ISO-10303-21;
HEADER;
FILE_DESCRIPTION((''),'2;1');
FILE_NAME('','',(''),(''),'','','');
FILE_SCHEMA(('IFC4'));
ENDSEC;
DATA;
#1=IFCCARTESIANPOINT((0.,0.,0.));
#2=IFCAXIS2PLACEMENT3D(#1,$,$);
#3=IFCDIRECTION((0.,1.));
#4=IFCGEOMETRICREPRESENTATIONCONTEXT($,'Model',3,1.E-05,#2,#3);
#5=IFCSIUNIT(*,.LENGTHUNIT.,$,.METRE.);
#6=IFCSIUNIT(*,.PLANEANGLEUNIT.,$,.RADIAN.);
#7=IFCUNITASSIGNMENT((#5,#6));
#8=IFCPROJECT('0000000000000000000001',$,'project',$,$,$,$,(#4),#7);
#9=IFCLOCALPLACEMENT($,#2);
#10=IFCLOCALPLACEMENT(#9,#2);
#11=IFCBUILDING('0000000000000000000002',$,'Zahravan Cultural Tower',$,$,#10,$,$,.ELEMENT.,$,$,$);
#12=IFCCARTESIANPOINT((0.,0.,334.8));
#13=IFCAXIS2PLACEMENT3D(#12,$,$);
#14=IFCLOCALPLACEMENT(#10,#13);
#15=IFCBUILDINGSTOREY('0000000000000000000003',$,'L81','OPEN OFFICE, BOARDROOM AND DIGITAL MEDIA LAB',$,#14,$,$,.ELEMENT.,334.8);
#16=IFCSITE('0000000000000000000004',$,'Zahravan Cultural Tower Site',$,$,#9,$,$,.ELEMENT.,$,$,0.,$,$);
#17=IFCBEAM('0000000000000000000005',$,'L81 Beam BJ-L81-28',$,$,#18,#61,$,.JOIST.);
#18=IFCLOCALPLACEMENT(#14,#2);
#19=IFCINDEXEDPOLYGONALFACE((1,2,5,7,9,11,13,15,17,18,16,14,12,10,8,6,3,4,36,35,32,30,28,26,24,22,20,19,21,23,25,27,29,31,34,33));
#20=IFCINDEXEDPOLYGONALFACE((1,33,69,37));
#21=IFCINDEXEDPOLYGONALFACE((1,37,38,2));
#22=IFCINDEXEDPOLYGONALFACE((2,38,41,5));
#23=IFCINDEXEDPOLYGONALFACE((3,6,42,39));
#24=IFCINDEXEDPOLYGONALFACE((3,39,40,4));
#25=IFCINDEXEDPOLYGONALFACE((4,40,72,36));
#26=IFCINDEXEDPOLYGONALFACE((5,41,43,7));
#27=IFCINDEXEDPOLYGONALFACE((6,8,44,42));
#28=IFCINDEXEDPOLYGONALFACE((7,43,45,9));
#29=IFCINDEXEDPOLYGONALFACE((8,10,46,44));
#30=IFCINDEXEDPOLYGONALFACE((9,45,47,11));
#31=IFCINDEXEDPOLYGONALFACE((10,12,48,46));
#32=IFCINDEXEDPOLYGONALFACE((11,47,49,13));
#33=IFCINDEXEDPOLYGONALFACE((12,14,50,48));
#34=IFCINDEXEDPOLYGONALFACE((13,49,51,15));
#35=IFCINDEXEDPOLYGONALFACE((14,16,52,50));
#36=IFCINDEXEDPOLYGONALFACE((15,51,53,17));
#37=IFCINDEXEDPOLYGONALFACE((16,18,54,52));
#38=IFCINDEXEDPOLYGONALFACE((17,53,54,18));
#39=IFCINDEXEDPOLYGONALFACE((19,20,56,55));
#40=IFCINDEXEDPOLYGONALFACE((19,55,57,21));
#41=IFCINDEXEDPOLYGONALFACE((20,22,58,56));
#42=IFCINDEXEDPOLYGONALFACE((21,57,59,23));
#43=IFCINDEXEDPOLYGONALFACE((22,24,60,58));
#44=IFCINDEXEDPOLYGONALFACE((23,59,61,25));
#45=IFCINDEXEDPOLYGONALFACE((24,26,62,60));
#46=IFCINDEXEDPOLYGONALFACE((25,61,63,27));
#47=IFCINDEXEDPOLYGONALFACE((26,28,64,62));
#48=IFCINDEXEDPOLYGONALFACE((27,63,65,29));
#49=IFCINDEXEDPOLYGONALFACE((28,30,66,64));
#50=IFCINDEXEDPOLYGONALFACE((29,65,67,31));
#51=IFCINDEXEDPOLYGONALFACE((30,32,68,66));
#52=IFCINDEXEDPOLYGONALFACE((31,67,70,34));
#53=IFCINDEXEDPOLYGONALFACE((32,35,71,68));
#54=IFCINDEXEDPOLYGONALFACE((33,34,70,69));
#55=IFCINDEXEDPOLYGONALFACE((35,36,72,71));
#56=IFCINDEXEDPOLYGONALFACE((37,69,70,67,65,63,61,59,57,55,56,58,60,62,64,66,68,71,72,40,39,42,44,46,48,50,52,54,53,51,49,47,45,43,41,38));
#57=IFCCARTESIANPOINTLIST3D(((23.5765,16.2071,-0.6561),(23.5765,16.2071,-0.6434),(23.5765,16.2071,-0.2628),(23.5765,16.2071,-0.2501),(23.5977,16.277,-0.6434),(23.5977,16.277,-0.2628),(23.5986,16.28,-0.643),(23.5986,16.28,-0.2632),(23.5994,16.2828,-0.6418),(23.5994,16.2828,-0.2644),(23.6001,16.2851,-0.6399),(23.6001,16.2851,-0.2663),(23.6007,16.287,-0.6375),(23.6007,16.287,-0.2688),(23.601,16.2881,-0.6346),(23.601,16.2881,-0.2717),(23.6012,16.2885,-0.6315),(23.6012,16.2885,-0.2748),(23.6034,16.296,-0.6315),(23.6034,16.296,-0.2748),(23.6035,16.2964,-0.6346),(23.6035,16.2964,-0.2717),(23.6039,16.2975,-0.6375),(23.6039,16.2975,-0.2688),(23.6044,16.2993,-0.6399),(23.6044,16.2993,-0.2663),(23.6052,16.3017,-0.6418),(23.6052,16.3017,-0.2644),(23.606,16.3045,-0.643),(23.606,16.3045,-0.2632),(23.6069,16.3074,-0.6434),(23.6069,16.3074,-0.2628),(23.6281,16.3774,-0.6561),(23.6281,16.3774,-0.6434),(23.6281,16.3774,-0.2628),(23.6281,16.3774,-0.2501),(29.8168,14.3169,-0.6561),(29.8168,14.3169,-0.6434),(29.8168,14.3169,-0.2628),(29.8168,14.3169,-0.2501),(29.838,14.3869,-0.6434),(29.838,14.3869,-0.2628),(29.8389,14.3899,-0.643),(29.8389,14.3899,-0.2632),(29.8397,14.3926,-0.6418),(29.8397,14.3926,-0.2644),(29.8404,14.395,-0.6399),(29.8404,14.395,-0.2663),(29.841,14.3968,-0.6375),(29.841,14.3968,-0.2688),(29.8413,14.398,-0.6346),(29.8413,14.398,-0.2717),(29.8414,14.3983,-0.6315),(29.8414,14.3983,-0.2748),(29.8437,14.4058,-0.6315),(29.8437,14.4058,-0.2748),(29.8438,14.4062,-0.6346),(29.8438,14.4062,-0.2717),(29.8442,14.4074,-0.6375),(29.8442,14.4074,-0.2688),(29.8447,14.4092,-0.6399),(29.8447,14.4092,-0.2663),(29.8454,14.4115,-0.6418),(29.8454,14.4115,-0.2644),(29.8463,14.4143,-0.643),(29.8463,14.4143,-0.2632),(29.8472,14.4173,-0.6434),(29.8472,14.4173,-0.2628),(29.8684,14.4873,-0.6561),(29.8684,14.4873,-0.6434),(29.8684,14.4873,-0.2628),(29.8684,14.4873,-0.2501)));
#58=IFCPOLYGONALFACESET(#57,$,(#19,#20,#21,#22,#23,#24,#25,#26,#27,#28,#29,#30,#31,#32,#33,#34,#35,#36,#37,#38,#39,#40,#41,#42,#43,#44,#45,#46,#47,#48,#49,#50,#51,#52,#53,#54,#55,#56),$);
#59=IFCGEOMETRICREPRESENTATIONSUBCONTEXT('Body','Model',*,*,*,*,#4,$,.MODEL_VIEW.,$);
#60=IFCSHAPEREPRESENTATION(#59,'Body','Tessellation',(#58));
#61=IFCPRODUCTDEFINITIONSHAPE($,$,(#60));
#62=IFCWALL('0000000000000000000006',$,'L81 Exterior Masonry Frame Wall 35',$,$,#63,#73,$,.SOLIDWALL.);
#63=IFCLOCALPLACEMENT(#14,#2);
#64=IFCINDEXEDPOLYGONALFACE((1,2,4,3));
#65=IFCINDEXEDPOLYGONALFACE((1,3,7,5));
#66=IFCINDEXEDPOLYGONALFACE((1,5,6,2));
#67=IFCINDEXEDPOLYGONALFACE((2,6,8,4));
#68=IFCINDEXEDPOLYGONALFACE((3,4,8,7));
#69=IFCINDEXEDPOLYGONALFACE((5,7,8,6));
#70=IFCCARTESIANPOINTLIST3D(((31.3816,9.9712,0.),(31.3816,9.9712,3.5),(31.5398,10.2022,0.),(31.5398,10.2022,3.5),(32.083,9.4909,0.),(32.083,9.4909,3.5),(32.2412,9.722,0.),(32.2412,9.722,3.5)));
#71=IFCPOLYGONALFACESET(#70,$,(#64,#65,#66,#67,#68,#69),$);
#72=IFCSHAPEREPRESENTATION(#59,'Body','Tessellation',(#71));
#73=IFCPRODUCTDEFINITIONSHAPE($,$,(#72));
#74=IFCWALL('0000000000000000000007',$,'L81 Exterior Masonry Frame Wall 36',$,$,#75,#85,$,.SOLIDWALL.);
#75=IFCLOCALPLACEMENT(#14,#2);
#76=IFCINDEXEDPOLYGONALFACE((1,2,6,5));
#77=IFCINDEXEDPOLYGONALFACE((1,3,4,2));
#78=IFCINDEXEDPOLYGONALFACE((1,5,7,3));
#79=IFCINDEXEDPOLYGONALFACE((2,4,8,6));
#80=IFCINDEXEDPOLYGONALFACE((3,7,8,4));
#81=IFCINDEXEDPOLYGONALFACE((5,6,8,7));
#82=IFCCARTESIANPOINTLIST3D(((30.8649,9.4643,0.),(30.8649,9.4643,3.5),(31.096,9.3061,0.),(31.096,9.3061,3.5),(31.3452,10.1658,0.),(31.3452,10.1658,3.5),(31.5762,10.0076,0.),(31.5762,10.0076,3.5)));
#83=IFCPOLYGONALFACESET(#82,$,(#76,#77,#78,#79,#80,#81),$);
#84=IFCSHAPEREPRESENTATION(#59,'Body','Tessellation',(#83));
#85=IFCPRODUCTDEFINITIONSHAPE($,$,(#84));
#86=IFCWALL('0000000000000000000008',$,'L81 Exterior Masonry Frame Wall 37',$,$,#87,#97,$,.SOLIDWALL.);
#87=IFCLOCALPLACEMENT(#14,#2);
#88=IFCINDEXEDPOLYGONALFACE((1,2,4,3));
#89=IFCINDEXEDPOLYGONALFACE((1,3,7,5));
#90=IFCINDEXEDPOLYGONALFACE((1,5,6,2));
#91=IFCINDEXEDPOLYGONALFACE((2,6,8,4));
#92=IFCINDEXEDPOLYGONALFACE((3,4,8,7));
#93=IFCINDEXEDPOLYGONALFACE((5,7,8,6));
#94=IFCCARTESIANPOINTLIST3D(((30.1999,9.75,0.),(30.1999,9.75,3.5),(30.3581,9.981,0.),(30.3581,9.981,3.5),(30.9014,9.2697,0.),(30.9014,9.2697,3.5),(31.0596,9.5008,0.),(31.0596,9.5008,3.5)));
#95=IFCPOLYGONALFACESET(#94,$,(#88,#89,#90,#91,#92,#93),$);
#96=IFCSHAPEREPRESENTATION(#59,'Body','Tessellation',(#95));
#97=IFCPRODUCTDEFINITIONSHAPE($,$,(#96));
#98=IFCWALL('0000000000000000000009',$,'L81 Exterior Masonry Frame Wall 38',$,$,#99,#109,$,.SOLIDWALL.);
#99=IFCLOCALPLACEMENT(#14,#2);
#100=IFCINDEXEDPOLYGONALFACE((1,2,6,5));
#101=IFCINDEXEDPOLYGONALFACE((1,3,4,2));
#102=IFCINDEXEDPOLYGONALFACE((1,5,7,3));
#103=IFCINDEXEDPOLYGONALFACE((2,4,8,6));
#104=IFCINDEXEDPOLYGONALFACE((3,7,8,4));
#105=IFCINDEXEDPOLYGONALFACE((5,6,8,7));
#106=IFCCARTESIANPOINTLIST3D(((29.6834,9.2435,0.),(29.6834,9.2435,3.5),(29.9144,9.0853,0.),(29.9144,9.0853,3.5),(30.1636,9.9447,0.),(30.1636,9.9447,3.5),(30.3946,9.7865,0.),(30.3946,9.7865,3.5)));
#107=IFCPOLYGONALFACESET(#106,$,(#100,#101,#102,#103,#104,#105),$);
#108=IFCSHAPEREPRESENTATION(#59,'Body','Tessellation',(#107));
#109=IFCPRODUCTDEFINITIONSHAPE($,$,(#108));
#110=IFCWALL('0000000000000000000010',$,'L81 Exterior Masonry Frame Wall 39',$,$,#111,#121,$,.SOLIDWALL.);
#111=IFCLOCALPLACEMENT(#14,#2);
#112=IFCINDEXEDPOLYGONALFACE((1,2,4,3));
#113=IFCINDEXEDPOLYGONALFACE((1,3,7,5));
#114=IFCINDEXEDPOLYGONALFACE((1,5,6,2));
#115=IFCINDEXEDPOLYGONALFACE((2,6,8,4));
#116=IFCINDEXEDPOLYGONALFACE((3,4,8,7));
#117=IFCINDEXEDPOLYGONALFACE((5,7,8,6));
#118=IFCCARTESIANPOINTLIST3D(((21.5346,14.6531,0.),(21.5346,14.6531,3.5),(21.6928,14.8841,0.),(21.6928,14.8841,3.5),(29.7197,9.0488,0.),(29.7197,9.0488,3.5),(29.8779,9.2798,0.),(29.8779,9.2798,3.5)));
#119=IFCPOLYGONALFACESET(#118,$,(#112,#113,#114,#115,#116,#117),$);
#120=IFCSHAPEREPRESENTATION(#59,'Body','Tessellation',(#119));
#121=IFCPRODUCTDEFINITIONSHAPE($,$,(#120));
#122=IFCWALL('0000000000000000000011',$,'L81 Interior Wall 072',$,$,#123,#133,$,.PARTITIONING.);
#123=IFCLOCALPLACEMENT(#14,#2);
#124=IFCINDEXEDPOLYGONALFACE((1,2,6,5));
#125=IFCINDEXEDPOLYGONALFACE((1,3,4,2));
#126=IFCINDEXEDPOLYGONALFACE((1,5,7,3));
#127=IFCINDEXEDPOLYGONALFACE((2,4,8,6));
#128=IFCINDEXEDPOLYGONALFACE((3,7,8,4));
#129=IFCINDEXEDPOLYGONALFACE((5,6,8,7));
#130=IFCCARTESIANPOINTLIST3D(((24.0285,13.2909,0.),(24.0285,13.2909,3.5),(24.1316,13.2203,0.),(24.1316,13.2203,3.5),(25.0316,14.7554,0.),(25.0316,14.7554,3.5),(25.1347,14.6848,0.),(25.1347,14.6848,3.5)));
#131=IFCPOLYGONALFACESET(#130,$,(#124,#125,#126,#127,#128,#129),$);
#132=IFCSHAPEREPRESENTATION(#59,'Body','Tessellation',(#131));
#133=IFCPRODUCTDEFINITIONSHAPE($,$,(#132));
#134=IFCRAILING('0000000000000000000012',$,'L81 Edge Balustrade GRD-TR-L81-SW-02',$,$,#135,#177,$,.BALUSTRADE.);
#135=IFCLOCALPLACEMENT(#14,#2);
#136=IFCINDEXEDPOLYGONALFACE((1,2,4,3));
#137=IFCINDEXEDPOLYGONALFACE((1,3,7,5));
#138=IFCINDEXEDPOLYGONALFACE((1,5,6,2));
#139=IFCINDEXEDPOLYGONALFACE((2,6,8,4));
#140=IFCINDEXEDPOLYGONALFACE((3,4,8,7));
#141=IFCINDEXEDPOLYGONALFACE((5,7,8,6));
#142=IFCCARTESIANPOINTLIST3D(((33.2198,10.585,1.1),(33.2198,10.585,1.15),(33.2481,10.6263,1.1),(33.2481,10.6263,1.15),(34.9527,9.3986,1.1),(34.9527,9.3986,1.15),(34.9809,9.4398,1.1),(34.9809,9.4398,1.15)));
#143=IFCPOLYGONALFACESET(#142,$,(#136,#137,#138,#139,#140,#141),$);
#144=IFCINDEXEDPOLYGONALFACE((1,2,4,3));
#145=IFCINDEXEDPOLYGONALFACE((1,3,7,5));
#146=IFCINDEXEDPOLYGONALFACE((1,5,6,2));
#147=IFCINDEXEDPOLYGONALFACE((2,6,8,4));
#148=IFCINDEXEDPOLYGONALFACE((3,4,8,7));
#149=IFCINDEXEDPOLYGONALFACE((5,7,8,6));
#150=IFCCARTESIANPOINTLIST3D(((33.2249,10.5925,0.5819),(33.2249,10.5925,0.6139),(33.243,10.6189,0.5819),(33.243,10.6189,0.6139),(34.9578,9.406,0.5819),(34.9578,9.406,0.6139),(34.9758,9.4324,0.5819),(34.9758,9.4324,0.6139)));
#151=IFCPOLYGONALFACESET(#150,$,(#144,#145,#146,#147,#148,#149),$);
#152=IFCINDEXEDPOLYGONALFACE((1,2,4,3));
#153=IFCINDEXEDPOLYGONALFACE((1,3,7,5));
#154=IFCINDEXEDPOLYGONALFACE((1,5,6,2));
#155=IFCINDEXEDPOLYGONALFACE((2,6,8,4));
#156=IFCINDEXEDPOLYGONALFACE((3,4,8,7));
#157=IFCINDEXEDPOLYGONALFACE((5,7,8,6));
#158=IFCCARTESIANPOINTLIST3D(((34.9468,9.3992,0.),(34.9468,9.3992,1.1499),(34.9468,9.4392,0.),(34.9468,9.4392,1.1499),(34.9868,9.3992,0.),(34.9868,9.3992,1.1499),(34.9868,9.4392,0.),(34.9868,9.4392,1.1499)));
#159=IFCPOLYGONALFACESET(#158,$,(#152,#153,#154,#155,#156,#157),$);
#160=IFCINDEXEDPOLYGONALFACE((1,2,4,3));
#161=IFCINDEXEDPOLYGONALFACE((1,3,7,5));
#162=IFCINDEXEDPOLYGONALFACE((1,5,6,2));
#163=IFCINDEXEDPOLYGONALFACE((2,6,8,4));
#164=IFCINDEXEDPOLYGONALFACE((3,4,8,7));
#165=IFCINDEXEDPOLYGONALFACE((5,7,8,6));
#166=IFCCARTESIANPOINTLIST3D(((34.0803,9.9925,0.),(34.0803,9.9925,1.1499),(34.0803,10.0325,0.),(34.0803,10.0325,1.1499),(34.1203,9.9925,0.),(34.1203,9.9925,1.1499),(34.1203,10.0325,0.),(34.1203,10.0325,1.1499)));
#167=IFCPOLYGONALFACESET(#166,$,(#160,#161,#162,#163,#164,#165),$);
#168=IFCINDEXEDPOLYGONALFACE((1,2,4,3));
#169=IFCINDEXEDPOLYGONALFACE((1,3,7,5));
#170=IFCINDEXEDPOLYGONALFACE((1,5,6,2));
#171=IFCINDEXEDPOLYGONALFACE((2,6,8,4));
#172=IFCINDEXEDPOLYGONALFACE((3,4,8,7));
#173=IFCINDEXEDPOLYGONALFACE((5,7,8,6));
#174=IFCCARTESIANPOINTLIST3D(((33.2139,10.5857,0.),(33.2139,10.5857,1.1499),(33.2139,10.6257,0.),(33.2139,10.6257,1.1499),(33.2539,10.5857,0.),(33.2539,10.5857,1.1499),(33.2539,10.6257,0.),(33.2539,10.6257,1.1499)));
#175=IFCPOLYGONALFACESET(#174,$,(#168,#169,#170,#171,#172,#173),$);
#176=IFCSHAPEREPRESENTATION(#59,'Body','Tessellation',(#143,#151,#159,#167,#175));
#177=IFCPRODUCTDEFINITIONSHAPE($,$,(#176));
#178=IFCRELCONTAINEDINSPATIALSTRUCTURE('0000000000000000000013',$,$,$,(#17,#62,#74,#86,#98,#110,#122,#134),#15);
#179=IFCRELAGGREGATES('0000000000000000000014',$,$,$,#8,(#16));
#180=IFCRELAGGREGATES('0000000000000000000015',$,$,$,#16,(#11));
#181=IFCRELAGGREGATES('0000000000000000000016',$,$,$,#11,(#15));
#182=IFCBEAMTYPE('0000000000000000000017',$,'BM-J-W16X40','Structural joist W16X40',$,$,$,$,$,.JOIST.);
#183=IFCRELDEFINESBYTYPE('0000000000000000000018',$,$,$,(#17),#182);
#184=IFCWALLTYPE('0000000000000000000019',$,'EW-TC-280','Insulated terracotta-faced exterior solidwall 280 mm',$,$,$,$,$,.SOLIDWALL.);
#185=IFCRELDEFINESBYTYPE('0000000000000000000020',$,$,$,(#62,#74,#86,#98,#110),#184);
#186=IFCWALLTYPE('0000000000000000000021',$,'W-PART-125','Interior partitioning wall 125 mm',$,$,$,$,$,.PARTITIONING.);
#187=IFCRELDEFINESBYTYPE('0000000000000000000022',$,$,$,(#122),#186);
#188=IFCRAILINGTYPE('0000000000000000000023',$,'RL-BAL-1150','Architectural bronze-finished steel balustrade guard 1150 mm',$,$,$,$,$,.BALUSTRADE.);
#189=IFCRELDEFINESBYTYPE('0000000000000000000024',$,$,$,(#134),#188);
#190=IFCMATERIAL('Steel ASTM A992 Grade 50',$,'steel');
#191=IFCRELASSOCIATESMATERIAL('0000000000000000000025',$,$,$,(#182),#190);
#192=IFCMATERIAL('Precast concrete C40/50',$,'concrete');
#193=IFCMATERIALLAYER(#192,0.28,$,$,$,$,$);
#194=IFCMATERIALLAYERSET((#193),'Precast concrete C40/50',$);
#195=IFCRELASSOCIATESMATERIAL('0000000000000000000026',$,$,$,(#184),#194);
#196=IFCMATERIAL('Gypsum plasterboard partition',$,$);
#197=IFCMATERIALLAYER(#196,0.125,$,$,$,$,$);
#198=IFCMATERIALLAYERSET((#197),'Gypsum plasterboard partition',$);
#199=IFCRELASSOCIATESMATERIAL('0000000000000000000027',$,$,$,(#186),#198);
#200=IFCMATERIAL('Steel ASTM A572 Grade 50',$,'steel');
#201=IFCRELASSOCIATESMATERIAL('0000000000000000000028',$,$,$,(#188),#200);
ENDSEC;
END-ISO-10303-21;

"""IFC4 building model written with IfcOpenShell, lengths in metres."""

from ifc_helpers import new_model, si_unit, direction, frame, frame_2d, origin, origin_2d, place, context, subcontext, project, spatial, rectangle, i_section, extrude, source, transform, mapped, material, layer, layer_set, material_profile, profile_set, type_object, element, save


model = new_model("IFC4")

# Units and contexts
model_context = context("Model", 3, precision=1e-05, world=origin(), true_north=direction((0.0, 1.0)))
body_context = subcontext(model_context, "Body", "Model", "MODEL_VIEW")
ifc_project = project(units=[si_unit("LENGTHUNIT", "METRE"), si_unit("PLANEANGLEUNIT", "RADIAN")], contexts=[model_context])

# Site, building, storey
site_placement = place(None, origin())
site = spatial("IfcSite", under=ifc_project, at=site_placement, Name="Zahravan Cultural Tower Site", CompositionType="ELEMENT", RefElevation=0.0)
building_placement = place(site_placement, origin())
building = spatial("IfcBuilding", under=site, at=building_placement, Name="Zahravan Cultural Tower", CompositionType="ELEMENT")
storey_placement = place(building_placement, frame((0.0, 0.0, 334.8)))
storey = spatial("IfcBuildingStorey", under=building, at=storey_placement, Name="L81", Description="OPEN OFFICE, BOARDROOM AND DIGITAL MEDIA LAB", CompositionType="ELEMENT", Elevation=334.8)

# Shared definitions
ifc_material_1 = material(Name="Steel ASTM A992 Grade 50", Category="steel")

# Beam
ifc_material_profile_1 = material_profile(ifc_material_1, i_section(OverallWidth=0.178, OverallDepth=0.406, WebThickness=0.0078, FlangeThickness=0.0127, FilletRadius=0.012, at=origin_2d()), Name="W16X40")
ifc_profile_set_1 = profile_set([ifc_material_profile_1], Name="Steel ASTM A992 Grade 50")
beam_type_1 = type_object("IfcBeamType", Name="BM-J-W16X40", Description="Structural joist W16X40", PredefinedType="JOIST", material=ifc_profile_set_1)
shared_shape_1 = source(origin(), body_context, "Body", "SweptSolid", [
    extrude(i_section(OverallWidth=0.178, OverallDepth=0.406, WebThickness=0.0078, FlangeThickness=0.0127, FilletRadius=0.012, at=origin_2d()), origin(), (0.0, 0.0, 1.0), 6.5203),
])
beam_1_placement = place(storey_placement, frame((23.6023, 16.2922, -0.4531), z_axis=(0.95706, -0.289889, 0.0), x_axis=(0.289889, 0.95706, 0.0)))
element("IfcBeam", 1, at=beam_1_placement, inside=storey, type_object=beam_type_1, Name="L81 Beam BJ-L81-28", PredefinedType="JOIST", context=body_context, shape_type="MappedRepresentation", body=[
    mapped(shared_shape_1, transform((0.0, 0.0, 0.0), x_axis=(1.0, 0.0, 0.0), y_axis=(0.0, 1.0, 0.0), z_axis=(0.0, 0.0, 1.0), scale=1.0)),
])

# Shared definitions
ifc_material_2 = material(Name="Precast concrete C40/50", Category="concrete")
ifc_layer_1 = layer(ifc_material_2, 0.28)
ifc_layer_set_1 = layer_set([ifc_layer_1], Name="Precast concrete C40/50")
wall_type_1 = type_object("IfcWallType", Name="EW-TC-280", Description="Insulated terracotta-faced exterior solidwall 280 mm", PredefinedType="SOLIDWALL", material=ifc_layer_set_1)

# Walls
shared_shape_2 = source(origin(), body_context, "Body", "SweptSolid", [
    extrude(rectangle(XDim=0.8501, YDim=0.28, at=frame_2d((0.425, 0.0))), origin(), (0.0, 0.0, 1.0), 3.5),
])
for number, where, z_axis, x_axis, name in (
    (2, (32.1621, 9.6064, 0.0), (0.0, 0.0, 1.0), (-0.825138, 0.564931, 0.0), "L81 Exterior Masonry Frame Wall 35"),
    (3, (31.4607, 10.0867, 0.0), (0.0, 0.0, 1.0), (-0.564931, -0.825138, 0.0), "L81 Exterior Masonry Frame Wall 36"),
    (4, (30.9805, 9.3853, 0.0), (0.0, 0.0, 1.0), (-0.825138, 0.564931, 0.0), "L81 Exterior Masonry Frame Wall 37"),
):
    element("IfcWall", number, at=place(storey_placement, frame(where, z_axis=z_axis, x_axis=x_axis)), inside=storey, type_object=wall_type_1, Name=name, PredefinedType="SOLIDWALL", context=body_context, shape_type="MappedRepresentation", body=[
        mapped(shared_shape_2, transform((0.0, 0.0, 0.0), x_axis=(1.0, 0.0, 0.0), y_axis=(0.0, 1.0, 0.0), z_axis=(0.0, 0.0, 1.0), scale=1.0)),
    ])
shared_shape_3 = source(origin(), body_context, "Body", "SweptSolid", [
    extrude(rectangle(XDim=0.8499, YDim=0.28, at=frame_2d((0.4248, 0.0))), origin(), (0.0, 0.0, 1.0), 3.5),
])
wall_1_placement = place(storey_placement, frame((30.2791, 9.8655, 0.0), z_axis=(0.0, 0.0, 1.0), x_axis=(-0.565065, -0.825046, 0.0)))
element("IfcWall", 5, at=wall_1_placement, inside=storey, type_object=wall_type_1, Name="L81 Exterior Masonry Frame Wall 38", PredefinedType="SOLIDWALL", context=body_context, shape_type="MappedRepresentation", body=[
    mapped(shared_shape_3, transform((0.0, 0.0, 0.0), x_axis=(1.0, 0.0, 0.0), y_axis=(0.0, 1.0, 0.0), z_axis=(0.0, 0.0, 1.0), scale=1.0)),
])
shared_shape_4 = source(origin(), body_context, "Body", "SweptSolid", [
    extrude(rectangle(XDim=9.9199, YDim=0.28, at=frame_2d((4.96, 0.0))), origin(), (0.0, 0.0, 1.0), 3.5),
])
wall_2_placement = place(storey_placement, frame((29.7988, 9.1643, 0.0), z_axis=(0.0, 0.0, 1.0), x_axis=(-0.825122, 0.564955, 0.0)))
element("IfcWall", 6, at=wall_2_placement, inside=storey, type_object=wall_type_1, Name="L81 Exterior Masonry Frame Wall 39", PredefinedType="SOLIDWALL", context=body_context, shape_type="MappedRepresentation", body=[
    mapped(shared_shape_4, transform((0.0, 0.0, 0.0), x_axis=(1.0, 0.0, 0.0), y_axis=(0.0, 1.0, 0.0), z_axis=(0.0, 0.0, 1.0), scale=1.0)),
])
ifc_material_3 = material(Name="Gypsum plasterboard partition")
ifc_layer_2 = layer(ifc_material_3, 0.125)
ifc_layer_set_2 = layer_set([ifc_layer_2], Name="Gypsum plasterboard partition")
wall_type_2 = type_object("IfcWallType", Name="W-PART-125", Description="Interior partitioning wall 125 mm", PredefinedType="PARTITIONING", material=ifc_layer_set_2)
shared_shape_5 = source(origin(), body_context, "Body", "SweptSolid", [
    extrude(rectangle(XDim=1.7751, YDim=0.125, at=frame_2d((0.8877, 0.0))), origin(), (0.0, 0.0, 1.0), 3.5),
])
wall_3_placement = place(storey_placement, frame((25.0833, 14.7202, 0.0), z_axis=(0.0, 0.0, 1.0), x_axis=(-0.565098, -0.825024, 0.0)))
element("IfcWall", 7, at=wall_3_placement, inside=storey, type_object=wall_type_2, Name="L81 Interior Wall 072", PredefinedType="PARTITIONING", context=body_context, shape_type="MappedRepresentation", body=[
    mapped(shared_shape_5, transform((0.0, 0.0, 0.0), x_axis=(1.0, 0.0, 0.0), y_axis=(0.0, 1.0, 0.0), z_axis=(0.0, 0.0, 1.0), scale=1.0)),
])

# Railing
ifc_material_4 = material(Name="Steel ASTM A572 Grade 50", Category="steel")
railing_type = type_object("IfcRailingType", Name="RL-BAL-1150", Description="Architectural bronze-finished steel balustrade guard 1150 mm", PredefinedType="BALUSTRADE", material=ifc_material_4)
railing_1_placement = place(storey_placement, frame((34.9668, 9.4192, 0.0)))
element("IfcRailing", 8, at=railing_1_placement, inside=storey, type_object=railing_type, Name="L81 Edge Balustrade GRD-TR-L81-SW-02", PredefinedType="BALUSTRADE", context=body_context, shape_type="SweptSolid", body=[
    extrude(rectangle(XDim=0.05, YDim=0.05, at=origin_2d()), frame((0.0, 0.0, 1.125), z_axis=(-0.825119, 0.564959, 0.0), x_axis=(-0.564959, -0.825119, 0.0)), (0.0, 0.0, 1.0), 2.1001),
    extrude(rectangle(XDim=0.032, YDim=0.032, at=origin_2d()), frame((0.0, 0.0, 0.5979), z_axis=(-0.825119, 0.564959, 0.0), x_axis=(-0.564959, -0.825119, 0.0)), (0.0, 0.0, 1.0), 2.1001),
    extrude(rectangle(XDim=0.04, YDim=0.04, at=origin_2d()), origin(), (0.0, 0.0, 1.0), 1.1499),
    extrude(rectangle(XDim=0.04, YDim=0.04, at=origin_2d()), frame((-0.8665, 0.5933, 0.0)), (0.0, 0.0, 1.0), 1.1499),
    extrude(rectangle(XDim=0.04, YDim=0.04, at=origin_2d()), frame((-1.7329, 1.1865, 0.0)), (0.0, 0.0, 1.0), 1.1499),
])

save(model, "model.ifc")
